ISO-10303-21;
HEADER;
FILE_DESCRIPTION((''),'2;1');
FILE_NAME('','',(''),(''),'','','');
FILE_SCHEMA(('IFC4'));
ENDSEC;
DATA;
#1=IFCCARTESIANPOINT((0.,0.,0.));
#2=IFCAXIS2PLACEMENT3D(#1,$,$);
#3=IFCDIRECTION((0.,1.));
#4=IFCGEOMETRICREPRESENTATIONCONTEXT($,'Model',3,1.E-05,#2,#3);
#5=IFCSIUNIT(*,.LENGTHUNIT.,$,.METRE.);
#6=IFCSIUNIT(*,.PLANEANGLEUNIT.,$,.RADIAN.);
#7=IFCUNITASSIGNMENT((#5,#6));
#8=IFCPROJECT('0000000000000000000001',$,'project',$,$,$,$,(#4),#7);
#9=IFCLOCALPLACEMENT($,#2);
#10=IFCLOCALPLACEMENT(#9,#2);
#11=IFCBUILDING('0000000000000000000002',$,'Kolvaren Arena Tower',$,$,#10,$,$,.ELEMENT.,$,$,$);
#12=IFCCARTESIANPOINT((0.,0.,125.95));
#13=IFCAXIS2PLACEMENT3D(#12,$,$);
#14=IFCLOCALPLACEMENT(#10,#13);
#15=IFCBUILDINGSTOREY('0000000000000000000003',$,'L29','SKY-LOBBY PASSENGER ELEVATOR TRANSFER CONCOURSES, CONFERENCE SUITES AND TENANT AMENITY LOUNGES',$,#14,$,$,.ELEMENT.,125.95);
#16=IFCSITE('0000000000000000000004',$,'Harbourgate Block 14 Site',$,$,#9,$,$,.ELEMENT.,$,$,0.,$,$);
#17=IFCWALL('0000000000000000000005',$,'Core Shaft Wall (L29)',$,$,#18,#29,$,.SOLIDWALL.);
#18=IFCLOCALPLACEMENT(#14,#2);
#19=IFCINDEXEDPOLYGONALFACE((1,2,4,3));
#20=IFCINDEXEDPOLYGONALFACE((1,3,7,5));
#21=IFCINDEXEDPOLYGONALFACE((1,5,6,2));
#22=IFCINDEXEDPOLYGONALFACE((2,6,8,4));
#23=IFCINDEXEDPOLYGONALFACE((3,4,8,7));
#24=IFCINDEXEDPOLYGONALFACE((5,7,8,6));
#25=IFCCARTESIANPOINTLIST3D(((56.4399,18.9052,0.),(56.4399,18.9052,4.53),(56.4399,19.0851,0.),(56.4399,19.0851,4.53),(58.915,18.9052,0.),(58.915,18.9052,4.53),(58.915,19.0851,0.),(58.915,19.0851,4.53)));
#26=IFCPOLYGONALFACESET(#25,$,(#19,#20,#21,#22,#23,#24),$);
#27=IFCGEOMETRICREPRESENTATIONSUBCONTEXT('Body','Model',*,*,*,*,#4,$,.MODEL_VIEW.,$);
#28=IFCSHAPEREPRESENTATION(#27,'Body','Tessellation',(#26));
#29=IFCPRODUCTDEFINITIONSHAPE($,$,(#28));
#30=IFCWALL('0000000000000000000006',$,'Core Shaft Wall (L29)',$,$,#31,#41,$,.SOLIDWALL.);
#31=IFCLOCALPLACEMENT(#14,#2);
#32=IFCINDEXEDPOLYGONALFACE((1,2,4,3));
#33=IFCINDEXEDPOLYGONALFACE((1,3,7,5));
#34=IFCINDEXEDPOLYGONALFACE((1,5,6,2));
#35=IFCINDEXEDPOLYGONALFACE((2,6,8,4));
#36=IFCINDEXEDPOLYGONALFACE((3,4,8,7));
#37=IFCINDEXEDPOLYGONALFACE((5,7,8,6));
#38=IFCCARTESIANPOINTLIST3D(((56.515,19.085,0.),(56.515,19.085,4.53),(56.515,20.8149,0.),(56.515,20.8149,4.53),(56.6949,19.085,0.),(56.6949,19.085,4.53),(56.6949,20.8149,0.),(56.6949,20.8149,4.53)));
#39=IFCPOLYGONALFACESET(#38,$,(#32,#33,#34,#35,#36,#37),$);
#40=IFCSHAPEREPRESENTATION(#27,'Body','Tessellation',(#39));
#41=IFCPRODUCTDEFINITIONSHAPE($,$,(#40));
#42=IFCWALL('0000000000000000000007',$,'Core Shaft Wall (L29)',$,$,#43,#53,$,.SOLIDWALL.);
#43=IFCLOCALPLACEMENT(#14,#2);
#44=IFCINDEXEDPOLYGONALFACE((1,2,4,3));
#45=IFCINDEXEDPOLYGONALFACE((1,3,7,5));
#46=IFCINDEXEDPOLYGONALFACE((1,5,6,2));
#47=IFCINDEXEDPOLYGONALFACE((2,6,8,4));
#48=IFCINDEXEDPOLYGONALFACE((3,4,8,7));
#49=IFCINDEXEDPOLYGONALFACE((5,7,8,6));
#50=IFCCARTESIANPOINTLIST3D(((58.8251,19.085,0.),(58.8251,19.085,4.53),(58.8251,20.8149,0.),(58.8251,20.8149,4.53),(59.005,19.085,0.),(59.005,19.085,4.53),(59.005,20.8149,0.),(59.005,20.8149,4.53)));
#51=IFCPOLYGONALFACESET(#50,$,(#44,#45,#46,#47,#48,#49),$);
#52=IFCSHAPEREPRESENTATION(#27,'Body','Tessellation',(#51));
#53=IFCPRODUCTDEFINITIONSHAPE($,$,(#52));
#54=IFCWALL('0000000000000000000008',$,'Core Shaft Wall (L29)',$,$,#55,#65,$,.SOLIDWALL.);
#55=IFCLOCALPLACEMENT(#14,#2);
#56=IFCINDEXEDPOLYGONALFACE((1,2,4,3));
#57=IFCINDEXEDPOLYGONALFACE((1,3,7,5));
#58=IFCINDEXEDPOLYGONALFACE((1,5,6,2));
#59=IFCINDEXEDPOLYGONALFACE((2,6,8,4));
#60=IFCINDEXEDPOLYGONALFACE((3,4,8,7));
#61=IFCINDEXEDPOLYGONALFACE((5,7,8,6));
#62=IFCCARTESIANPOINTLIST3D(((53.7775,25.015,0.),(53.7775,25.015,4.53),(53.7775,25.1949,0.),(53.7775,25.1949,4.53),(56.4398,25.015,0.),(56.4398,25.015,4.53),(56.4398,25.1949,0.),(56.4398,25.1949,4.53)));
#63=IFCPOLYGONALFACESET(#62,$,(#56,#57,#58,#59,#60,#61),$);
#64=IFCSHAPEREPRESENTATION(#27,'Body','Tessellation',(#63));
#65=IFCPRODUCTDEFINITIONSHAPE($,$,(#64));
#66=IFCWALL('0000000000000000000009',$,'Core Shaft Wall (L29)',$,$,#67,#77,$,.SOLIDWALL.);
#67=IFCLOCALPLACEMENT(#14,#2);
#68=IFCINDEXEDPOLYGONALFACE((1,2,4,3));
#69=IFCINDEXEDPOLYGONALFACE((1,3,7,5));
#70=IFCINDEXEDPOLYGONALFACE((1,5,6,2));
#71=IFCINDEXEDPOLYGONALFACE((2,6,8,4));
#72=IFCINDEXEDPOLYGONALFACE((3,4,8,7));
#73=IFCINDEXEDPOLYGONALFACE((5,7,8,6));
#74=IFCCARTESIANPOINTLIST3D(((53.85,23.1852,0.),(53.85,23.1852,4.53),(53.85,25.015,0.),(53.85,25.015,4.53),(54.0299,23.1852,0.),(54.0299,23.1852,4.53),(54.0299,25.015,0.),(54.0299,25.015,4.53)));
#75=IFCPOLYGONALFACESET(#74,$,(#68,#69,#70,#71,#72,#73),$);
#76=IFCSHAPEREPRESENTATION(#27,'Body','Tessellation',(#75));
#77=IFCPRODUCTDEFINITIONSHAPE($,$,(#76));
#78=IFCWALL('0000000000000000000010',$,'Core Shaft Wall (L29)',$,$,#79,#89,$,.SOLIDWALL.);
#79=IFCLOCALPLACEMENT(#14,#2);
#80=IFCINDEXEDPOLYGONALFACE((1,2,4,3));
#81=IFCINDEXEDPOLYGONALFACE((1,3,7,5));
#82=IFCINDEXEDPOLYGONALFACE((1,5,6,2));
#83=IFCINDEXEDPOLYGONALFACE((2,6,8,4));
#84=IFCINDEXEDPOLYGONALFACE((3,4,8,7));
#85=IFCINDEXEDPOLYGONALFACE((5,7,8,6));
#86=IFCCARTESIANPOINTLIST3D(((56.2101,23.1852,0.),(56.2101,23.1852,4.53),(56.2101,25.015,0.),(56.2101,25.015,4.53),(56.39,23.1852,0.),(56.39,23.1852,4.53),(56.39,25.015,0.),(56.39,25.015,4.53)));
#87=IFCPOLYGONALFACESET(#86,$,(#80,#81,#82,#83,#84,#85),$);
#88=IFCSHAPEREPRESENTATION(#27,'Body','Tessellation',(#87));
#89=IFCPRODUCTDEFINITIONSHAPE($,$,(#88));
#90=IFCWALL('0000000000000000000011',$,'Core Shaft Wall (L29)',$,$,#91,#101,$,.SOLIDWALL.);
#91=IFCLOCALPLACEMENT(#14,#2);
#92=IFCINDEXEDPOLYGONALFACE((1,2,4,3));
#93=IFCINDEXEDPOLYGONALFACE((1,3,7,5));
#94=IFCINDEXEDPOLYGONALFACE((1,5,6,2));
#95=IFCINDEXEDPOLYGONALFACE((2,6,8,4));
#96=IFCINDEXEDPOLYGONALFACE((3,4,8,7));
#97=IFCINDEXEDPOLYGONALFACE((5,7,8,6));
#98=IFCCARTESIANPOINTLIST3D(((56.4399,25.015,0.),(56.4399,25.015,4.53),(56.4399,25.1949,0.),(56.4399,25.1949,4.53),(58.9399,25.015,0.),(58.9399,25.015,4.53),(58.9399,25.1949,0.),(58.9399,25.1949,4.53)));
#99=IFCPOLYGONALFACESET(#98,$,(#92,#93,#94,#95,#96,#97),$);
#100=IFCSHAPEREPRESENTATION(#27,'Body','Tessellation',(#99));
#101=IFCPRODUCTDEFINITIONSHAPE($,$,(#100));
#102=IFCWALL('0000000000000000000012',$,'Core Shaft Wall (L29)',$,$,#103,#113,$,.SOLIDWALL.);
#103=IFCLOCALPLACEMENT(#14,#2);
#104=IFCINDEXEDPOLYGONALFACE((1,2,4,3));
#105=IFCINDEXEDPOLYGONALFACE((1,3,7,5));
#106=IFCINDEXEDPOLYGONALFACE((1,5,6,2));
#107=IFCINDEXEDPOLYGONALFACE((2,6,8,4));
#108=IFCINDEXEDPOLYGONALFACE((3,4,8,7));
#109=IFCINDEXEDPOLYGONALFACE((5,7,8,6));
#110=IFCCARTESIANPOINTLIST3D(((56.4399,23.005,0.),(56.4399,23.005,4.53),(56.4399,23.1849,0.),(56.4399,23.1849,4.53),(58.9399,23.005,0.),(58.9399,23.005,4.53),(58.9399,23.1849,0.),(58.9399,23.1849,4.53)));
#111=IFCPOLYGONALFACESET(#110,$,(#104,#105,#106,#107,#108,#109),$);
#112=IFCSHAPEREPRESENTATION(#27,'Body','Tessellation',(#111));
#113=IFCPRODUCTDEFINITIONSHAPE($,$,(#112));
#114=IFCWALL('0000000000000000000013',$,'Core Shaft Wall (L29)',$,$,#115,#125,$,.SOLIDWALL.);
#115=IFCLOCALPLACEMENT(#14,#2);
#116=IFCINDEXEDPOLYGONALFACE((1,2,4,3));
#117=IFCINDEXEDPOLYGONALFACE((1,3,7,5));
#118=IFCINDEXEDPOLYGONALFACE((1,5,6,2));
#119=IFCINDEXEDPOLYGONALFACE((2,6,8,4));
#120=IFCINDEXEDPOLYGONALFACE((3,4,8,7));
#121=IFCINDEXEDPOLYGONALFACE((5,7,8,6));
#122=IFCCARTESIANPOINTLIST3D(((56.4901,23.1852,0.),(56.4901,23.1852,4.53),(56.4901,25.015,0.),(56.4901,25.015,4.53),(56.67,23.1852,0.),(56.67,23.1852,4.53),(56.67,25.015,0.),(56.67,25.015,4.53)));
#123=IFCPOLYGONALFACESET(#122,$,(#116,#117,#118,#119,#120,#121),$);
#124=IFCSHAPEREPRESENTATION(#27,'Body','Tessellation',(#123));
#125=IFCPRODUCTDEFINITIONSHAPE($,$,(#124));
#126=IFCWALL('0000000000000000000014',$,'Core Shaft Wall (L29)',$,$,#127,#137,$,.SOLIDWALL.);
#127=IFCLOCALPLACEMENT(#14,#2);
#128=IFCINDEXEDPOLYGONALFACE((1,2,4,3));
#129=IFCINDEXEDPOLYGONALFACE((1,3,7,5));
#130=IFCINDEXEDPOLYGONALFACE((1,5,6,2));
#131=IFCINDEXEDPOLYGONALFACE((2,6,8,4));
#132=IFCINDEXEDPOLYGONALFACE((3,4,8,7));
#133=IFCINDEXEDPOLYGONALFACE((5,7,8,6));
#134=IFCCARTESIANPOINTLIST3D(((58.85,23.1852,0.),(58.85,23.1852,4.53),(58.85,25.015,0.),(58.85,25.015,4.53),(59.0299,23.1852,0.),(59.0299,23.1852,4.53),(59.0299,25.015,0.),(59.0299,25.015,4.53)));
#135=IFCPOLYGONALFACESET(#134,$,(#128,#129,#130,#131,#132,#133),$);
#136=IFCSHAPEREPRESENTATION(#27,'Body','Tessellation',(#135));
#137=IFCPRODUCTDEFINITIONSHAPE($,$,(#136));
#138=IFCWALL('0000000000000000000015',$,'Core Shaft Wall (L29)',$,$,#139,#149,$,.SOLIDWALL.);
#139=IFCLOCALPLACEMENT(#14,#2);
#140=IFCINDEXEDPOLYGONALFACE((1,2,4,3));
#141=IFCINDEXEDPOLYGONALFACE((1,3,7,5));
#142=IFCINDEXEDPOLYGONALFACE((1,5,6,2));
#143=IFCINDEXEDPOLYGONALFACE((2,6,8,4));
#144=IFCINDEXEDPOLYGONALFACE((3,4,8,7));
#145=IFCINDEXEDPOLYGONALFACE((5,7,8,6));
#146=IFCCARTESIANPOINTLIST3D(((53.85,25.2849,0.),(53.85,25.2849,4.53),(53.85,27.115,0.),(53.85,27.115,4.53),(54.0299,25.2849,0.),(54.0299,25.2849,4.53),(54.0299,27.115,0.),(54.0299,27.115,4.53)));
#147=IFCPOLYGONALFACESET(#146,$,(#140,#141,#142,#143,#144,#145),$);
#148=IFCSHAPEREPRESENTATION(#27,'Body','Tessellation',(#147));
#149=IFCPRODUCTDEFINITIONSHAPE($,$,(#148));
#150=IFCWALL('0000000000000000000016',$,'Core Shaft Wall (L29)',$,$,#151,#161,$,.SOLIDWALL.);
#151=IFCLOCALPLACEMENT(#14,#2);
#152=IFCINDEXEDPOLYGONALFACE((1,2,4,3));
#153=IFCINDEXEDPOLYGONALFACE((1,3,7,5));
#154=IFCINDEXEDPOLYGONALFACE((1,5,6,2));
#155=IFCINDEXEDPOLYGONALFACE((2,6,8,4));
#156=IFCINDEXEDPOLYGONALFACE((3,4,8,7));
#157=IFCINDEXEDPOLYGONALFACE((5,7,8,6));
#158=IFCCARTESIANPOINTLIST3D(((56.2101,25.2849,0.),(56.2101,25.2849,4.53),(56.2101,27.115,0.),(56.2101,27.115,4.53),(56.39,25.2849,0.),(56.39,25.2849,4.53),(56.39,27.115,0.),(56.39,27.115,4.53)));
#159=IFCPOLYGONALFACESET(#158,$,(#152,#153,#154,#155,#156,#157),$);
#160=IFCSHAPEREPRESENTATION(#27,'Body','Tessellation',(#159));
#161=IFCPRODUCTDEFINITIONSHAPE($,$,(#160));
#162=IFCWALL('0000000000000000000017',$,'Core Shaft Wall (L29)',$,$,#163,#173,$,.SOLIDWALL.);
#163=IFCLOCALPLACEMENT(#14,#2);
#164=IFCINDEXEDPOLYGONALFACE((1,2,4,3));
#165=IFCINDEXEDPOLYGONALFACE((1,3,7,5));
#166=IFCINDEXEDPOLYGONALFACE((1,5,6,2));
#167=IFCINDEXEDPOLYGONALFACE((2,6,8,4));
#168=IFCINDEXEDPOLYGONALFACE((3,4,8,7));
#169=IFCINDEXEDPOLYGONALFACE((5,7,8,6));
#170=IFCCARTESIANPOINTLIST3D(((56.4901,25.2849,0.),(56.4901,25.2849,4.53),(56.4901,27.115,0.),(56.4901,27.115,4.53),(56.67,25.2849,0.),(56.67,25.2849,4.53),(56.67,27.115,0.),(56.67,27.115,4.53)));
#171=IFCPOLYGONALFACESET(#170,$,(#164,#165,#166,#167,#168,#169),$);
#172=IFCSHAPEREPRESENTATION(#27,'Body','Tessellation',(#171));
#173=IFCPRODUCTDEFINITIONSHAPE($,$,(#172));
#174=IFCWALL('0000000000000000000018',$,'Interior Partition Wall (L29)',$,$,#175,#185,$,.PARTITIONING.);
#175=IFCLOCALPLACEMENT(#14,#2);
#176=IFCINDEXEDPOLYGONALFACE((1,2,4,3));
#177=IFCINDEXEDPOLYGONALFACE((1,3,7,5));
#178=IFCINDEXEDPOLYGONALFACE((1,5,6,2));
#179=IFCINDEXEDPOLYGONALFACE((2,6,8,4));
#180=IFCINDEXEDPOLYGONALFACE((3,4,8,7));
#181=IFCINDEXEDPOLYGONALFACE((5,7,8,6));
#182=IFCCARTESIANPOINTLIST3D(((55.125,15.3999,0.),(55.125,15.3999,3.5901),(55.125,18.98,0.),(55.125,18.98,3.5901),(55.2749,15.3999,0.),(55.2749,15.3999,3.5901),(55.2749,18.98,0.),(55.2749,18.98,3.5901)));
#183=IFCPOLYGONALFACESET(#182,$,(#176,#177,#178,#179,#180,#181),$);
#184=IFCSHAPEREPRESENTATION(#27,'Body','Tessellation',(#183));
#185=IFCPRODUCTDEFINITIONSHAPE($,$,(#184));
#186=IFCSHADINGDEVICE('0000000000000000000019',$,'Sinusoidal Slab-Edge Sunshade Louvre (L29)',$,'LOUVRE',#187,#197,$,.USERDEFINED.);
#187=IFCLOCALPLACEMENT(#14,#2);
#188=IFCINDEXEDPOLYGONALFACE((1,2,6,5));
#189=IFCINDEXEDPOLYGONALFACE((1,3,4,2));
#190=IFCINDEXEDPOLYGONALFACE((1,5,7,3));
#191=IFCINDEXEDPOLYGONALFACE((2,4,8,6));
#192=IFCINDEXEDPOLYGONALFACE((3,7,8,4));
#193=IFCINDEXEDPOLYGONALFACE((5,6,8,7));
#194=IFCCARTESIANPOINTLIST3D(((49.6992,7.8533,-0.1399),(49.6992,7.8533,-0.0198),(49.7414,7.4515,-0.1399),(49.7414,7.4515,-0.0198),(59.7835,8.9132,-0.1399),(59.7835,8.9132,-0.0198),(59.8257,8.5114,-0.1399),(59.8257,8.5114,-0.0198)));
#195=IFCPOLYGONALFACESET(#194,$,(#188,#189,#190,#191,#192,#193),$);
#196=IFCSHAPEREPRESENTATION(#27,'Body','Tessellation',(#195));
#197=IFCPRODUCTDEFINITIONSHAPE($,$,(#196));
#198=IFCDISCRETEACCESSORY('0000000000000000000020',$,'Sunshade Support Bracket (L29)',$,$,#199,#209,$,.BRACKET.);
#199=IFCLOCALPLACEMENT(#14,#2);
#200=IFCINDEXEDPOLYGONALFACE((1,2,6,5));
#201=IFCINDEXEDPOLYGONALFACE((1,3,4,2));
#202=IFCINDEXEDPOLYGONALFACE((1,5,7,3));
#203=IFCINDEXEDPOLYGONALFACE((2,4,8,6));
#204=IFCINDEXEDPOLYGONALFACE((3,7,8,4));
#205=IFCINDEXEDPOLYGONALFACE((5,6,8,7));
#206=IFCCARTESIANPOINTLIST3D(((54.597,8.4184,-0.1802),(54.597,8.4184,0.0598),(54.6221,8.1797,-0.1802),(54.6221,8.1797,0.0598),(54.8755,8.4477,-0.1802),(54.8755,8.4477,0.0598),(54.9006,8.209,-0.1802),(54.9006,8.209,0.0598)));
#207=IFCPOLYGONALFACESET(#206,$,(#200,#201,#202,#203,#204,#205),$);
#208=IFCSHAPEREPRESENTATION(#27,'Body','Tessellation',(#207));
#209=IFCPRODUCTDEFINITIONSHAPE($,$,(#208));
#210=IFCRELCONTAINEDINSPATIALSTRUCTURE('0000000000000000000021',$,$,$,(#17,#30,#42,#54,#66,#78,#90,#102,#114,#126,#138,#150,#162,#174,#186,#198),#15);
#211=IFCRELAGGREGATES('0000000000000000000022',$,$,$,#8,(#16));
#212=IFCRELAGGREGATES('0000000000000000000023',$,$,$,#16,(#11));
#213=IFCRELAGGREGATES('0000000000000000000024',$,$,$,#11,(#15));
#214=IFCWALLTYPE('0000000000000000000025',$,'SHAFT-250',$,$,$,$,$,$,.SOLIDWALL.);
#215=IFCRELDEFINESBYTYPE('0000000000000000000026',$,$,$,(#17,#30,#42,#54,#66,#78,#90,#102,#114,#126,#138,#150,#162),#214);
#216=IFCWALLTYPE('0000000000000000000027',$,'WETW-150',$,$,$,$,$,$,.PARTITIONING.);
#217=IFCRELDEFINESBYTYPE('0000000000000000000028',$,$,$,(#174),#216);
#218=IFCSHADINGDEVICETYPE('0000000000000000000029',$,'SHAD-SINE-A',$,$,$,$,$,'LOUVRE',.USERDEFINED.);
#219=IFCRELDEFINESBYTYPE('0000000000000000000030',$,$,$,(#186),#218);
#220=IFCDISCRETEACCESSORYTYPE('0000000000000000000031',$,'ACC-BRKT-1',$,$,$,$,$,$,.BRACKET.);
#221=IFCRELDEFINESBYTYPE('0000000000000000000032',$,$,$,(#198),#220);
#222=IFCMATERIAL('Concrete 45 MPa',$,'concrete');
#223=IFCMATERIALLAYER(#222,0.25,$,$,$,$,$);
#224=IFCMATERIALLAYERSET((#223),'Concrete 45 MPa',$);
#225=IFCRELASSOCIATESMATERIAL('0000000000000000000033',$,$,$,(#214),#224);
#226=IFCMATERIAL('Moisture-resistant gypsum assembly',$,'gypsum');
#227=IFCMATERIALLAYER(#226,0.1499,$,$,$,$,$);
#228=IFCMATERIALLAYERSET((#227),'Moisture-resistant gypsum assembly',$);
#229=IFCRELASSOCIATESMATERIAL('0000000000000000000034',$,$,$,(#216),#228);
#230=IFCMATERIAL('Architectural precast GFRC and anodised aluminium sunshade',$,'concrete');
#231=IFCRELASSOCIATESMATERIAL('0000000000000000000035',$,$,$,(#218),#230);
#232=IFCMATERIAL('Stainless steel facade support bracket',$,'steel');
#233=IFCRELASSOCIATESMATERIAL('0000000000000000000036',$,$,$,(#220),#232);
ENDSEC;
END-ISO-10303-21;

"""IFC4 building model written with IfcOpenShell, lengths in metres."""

from ifc_helpers import new_model, si_unit, direction, frame, frame_2d, origin, origin_2d, place, context, subcontext, project, spatial, rectangle, extrude, material, layer, layer_set, type_object, element, save


model = new_model("IFC4")

# Units and contexts
model_context = context("Model", 3, precision=1e-05, world=origin(), true_north=direction((0.0, 1.0)))
body_context = subcontext(model_context, "Body", "Model", "MODEL_VIEW")
ifc_project = project(units=[si_unit("LENGTHUNIT", "METRE"), si_unit("PLANEANGLEUNIT", "RADIAN")], contexts=[model_context])

# Site, building, storey
site_placement = place(None, origin())
site = spatial("IfcSite", under=ifc_project, at=site_placement, Name="Harbourgate Block 14 Site", CompositionType="ELEMENT", RefElevation=0.0)
building_placement = place(site_placement, origin())
building = spatial("IfcBuilding", under=site, at=building_placement, Name="Kolvaren Arena Tower", CompositionType="ELEMENT")
storey_placement = place(building_placement, frame((0.0, 0.0, 125.95)))
storey = spatial("IfcBuildingStorey", under=building, at=storey_placement, Name="L29", Description="SKY-LOBBY PASSENGER ELEVATOR TRANSFER CONCOURSES, CONFERENCE SUITES AND TENANT AMENITY LOUNGES", CompositionType="ELEMENT", Elevation=125.95)

# Shared definitions
ifc_material_1 = material(Name="Concrete 45 MPa", Category="concrete")
ifc_layer_1 = layer(ifc_material_1, 0.25)
ifc_layer_set_1 = layer_set([ifc_layer_1], Name="Concrete 45 MPa")
wall_type_1 = type_object("IfcWallType", Name="SHAFT-250", PredefinedType="SOLIDWALL", material=ifc_layer_set_1)

# Walls
wall_1_placement = place(storey_placement, frame((56.4399, 18.9951, 0.0), z_axis=(0.0, 0.0, 1.0), x_axis=(1.0, 0.0, 0.0)))
element("IfcWall", 1, at=wall_1_placement, inside=storey, type_object=wall_type_1, Name="Core Shaft Wall (L29)", PredefinedType="SOLIDWALL", context=body_context, shape_type="SweptSolid", body=[
    extrude(rectangle(XDim=2.4751, YDim=0.1799, at=frame_2d((1.2375, 0.0))), origin(), (0.0, 0.0, 1.0), 4.53),
])
for number, where, z_axis, x_axis, name in (
    (2, (56.605, 19.085, 0.0), (0.0, 0.0, 1.0), (0.0, 1.0, 0.0), "Core Shaft Wall (L29)"),
    (3, (58.915, 19.085, 0.0), (0.0, 0.0, 1.0), (0.0, 1.0, 0.0), "Core Shaft Wall (L29)"),
):
    element("IfcWall", number, at=place(storey_placement, frame(where, z_axis=z_axis, x_axis=x_axis)), inside=storey, type_object=wall_type_1, Name=name, PredefinedType="SOLIDWALL", context=body_context, shape_type="SweptSolid", body=[
        extrude(rectangle(XDim=1.73, YDim=0.1799, at=frame_2d((0.865, 0.0))), origin(), (0.0, 0.0, 1.0), 4.53),
    ])
wall_2_placement = place(storey_placement, frame((53.7776, 25.105, 0.0), z_axis=(0.0, 0.0, 1.0), x_axis=(1.0, 0.0, 0.0)))
element("IfcWall", 4, at=wall_2_placement, inside=storey, type_object=wall_type_1, Name="Core Shaft Wall (L29)", PredefinedType="SOLIDWALL", context=body_context, shape_type="SweptSolid", body=[
    extrude(rectangle(XDim=2.6624, YDim=0.1799, at=frame_2d((1.3311, 0.0))), origin(), (0.0, 0.0, 1.0), 4.53),
])
for number, where, z_axis, x_axis, name in (
    (5, (53.9399, 23.1851, 0.0), (0.0, 0.0, 1.0), (0.0, 1.0, 0.0), "Core Shaft Wall (L29)"),
    (6, (56.3, 23.1851, 0.0), (0.0, 0.0, 1.0), (0.0, 1.0, 0.0), "Core Shaft Wall (L29)"),
):
    element("IfcWall", number, at=place(storey_placement, frame(where, z_axis=z_axis, x_axis=x_axis)), inside=storey, type_object=wall_type_1, Name=name, PredefinedType="SOLIDWALL", context=body_context, shape_type="SweptSolid", body=[
        extrude(rectangle(XDim=1.8298, YDim=0.1799, at=frame_2d((0.915, 0.0))), origin(), (0.0, 0.0, 1.0), 4.53),
    ])
for number, where, z_axis, x_axis, name in (
    (7, (56.4399, 25.105, 0.0), (0.0, 0.0, 1.0), (1.0, 0.0, 0.0), "Core Shaft Wall (L29)"),
    (8, (56.4399, 23.095, 0.0), (0.0, 0.0, 1.0), (1.0, 0.0, 0.0), "Core Shaft Wall (L29)"),
):
    element("IfcWall", number, at=place(storey_placement, frame(where, z_axis=z_axis, x_axis=x_axis)), inside=storey, type_object=wall_type_1, Name=name, PredefinedType="SOLIDWALL", context=body_context, shape_type="SweptSolid", body=[
        extrude(rectangle(XDim=2.5, YDim=0.1799, at=frame_2d((1.25, 0.0))), origin(), (0.0, 0.0, 1.0), 4.53),
    ])
for number, where, z_axis, x_axis, name in (
    (9, (56.5801, 23.1851, 0.0), (0.0, 0.0, 1.0), (0.0, 1.0, 0.0), "Core Shaft Wall (L29)"),
    (10, (58.9399, 23.1851, 0.0), (0.0, 0.0, 1.0), (0.0, 1.0, 0.0), "Core Shaft Wall (L29)"),
):
    element("IfcWall", number, at=place(storey_placement, frame(where, z_axis=z_axis, x_axis=x_axis)), inside=storey, type_object=wall_type_1, Name=name, PredefinedType="SOLIDWALL", context=body_context, shape_type="SweptSolid", body=[
        extrude(rectangle(XDim=1.8298, YDim=0.1799, at=frame_2d((0.915, 0.0))), origin(), (0.0, 0.0, 1.0), 4.53),
    ])
for number, where, z_axis, x_axis, name in (
    (11, (53.9399, 25.2849, 0.0), (0.0, 0.0, 1.0), (0.0, 1.0, 0.0), "Core Shaft Wall (L29)"),
    (12, (56.3, 25.2849, 0.0), (0.0, 0.0, 1.0), (0.0, 1.0, 0.0), "Core Shaft Wall (L29)"),
    (13, (56.5801, 25.2849, 0.0), (0.0, 0.0, 1.0), (0.0, 1.0, 0.0), "Core Shaft Wall (L29)"),
):
    element("IfcWall", number, at=place(storey_placement, frame(where, z_axis=z_axis, x_axis=x_axis)), inside=storey, type_object=wall_type_1, Name=name, PredefinedType="SOLIDWALL", context=body_context, shape_type="SweptSolid", body=[
        extrude(rectangle(XDim=1.8301, YDim=0.1799, at=frame_2d((0.915, 0.0))), origin(), (0.0, 0.0, 1.0), 4.53),
    ])
ifc_material_2 = material(Name="Moisture-resistant gypsum assembly", Category="gypsum")
ifc_layer_2 = layer(ifc_material_2, 0.1499)
ifc_layer_set_2 = layer_set([ifc_layer_2], Name="Moisture-resistant gypsum assembly")
wall_type_2 = type_object("IfcWallType", Name="WETW-150", PredefinedType="PARTITIONING", material=ifc_layer_set_2)
wall_3_placement = place(storey_placement, frame((55.2, 15.3999, 0.0), z_axis=(0.0, 0.0, 1.0), x_axis=(0.0, 1.0, 0.0)))
element("IfcWall", 14, at=wall_3_placement, inside=storey, type_object=wall_type_2, Name="Interior Partition Wall (L29)", PredefinedType="PARTITIONING", context=body_context, shape_type="SweptSolid", body=[
    extrude(rectangle(XDim=3.5801, YDim=0.1499, at=frame_2d((1.79, 0.0))), origin(), (0.0, 0.0, 1.0), 3.5901),
])

# Shading device
ifc_material_3 = material(Name="Architectural precast GFRC and anodised aluminium sunshade", Category="concrete")
shading_device_type = type_object("IfcShadingDeviceType", Name="SHAD-SINE-A", ElementType="LOUVRE", PredefinedType="USERDEFINED", material=ifc_material_3)
shading_device_placement = place(storey_placement, frame((54.7625, 8.1824, -0.1399), z_axis=(0.0, 0.0, 1.0), x_axis=(-0.994522, -0.104527, 0.0)))
element("IfcShadingDevice", 15, at=shading_device_placement, inside=storey, type_object=shading_device_type, Name="Sinusoidal Slab-Edge Sunshade Louvre (L29)", ObjectType="LOUVRE", PredefinedType="USERDEFINED", context=body_context, shape_type="SweptSolid", body=[
    extrude(rectangle(XDim=10.1399, YDim=0.4041, at=origin_2d()), origin(), (0.0, 0.0, 1.0), 0.1201),
])

# Discrete accessory
ifc_material_4 = material(Name="Stainless steel facade support bracket", Category="steel")
discrete_accessory_type = type_object("IfcDiscreteAccessoryType", Name="ACC-BRKT-1", PredefinedType="BRACKET", material=ifc_material_4)
discrete_accessory_placement = place(storey_placement, frame((54.7488, 8.3137, -0.1802), z_axis=(0.0, 0.0, 1.0), x_axis=(-0.994522, -0.104527, 0.0)))
element("IfcDiscreteAccessory", 16, at=discrete_accessory_placement, inside=storey, type_object=discrete_accessory_type, Name="Sunshade Support Bracket (L29)", PredefinedType="BRACKET", context=body_context, shape_type="SweptSolid", body=[
    extrude(rectangle(XDim=0.28, YDim=0.24, at=origin_2d()), origin(), (0.0, 0.0, 1.0), 0.24),
])

save(model, "model.ifc")
